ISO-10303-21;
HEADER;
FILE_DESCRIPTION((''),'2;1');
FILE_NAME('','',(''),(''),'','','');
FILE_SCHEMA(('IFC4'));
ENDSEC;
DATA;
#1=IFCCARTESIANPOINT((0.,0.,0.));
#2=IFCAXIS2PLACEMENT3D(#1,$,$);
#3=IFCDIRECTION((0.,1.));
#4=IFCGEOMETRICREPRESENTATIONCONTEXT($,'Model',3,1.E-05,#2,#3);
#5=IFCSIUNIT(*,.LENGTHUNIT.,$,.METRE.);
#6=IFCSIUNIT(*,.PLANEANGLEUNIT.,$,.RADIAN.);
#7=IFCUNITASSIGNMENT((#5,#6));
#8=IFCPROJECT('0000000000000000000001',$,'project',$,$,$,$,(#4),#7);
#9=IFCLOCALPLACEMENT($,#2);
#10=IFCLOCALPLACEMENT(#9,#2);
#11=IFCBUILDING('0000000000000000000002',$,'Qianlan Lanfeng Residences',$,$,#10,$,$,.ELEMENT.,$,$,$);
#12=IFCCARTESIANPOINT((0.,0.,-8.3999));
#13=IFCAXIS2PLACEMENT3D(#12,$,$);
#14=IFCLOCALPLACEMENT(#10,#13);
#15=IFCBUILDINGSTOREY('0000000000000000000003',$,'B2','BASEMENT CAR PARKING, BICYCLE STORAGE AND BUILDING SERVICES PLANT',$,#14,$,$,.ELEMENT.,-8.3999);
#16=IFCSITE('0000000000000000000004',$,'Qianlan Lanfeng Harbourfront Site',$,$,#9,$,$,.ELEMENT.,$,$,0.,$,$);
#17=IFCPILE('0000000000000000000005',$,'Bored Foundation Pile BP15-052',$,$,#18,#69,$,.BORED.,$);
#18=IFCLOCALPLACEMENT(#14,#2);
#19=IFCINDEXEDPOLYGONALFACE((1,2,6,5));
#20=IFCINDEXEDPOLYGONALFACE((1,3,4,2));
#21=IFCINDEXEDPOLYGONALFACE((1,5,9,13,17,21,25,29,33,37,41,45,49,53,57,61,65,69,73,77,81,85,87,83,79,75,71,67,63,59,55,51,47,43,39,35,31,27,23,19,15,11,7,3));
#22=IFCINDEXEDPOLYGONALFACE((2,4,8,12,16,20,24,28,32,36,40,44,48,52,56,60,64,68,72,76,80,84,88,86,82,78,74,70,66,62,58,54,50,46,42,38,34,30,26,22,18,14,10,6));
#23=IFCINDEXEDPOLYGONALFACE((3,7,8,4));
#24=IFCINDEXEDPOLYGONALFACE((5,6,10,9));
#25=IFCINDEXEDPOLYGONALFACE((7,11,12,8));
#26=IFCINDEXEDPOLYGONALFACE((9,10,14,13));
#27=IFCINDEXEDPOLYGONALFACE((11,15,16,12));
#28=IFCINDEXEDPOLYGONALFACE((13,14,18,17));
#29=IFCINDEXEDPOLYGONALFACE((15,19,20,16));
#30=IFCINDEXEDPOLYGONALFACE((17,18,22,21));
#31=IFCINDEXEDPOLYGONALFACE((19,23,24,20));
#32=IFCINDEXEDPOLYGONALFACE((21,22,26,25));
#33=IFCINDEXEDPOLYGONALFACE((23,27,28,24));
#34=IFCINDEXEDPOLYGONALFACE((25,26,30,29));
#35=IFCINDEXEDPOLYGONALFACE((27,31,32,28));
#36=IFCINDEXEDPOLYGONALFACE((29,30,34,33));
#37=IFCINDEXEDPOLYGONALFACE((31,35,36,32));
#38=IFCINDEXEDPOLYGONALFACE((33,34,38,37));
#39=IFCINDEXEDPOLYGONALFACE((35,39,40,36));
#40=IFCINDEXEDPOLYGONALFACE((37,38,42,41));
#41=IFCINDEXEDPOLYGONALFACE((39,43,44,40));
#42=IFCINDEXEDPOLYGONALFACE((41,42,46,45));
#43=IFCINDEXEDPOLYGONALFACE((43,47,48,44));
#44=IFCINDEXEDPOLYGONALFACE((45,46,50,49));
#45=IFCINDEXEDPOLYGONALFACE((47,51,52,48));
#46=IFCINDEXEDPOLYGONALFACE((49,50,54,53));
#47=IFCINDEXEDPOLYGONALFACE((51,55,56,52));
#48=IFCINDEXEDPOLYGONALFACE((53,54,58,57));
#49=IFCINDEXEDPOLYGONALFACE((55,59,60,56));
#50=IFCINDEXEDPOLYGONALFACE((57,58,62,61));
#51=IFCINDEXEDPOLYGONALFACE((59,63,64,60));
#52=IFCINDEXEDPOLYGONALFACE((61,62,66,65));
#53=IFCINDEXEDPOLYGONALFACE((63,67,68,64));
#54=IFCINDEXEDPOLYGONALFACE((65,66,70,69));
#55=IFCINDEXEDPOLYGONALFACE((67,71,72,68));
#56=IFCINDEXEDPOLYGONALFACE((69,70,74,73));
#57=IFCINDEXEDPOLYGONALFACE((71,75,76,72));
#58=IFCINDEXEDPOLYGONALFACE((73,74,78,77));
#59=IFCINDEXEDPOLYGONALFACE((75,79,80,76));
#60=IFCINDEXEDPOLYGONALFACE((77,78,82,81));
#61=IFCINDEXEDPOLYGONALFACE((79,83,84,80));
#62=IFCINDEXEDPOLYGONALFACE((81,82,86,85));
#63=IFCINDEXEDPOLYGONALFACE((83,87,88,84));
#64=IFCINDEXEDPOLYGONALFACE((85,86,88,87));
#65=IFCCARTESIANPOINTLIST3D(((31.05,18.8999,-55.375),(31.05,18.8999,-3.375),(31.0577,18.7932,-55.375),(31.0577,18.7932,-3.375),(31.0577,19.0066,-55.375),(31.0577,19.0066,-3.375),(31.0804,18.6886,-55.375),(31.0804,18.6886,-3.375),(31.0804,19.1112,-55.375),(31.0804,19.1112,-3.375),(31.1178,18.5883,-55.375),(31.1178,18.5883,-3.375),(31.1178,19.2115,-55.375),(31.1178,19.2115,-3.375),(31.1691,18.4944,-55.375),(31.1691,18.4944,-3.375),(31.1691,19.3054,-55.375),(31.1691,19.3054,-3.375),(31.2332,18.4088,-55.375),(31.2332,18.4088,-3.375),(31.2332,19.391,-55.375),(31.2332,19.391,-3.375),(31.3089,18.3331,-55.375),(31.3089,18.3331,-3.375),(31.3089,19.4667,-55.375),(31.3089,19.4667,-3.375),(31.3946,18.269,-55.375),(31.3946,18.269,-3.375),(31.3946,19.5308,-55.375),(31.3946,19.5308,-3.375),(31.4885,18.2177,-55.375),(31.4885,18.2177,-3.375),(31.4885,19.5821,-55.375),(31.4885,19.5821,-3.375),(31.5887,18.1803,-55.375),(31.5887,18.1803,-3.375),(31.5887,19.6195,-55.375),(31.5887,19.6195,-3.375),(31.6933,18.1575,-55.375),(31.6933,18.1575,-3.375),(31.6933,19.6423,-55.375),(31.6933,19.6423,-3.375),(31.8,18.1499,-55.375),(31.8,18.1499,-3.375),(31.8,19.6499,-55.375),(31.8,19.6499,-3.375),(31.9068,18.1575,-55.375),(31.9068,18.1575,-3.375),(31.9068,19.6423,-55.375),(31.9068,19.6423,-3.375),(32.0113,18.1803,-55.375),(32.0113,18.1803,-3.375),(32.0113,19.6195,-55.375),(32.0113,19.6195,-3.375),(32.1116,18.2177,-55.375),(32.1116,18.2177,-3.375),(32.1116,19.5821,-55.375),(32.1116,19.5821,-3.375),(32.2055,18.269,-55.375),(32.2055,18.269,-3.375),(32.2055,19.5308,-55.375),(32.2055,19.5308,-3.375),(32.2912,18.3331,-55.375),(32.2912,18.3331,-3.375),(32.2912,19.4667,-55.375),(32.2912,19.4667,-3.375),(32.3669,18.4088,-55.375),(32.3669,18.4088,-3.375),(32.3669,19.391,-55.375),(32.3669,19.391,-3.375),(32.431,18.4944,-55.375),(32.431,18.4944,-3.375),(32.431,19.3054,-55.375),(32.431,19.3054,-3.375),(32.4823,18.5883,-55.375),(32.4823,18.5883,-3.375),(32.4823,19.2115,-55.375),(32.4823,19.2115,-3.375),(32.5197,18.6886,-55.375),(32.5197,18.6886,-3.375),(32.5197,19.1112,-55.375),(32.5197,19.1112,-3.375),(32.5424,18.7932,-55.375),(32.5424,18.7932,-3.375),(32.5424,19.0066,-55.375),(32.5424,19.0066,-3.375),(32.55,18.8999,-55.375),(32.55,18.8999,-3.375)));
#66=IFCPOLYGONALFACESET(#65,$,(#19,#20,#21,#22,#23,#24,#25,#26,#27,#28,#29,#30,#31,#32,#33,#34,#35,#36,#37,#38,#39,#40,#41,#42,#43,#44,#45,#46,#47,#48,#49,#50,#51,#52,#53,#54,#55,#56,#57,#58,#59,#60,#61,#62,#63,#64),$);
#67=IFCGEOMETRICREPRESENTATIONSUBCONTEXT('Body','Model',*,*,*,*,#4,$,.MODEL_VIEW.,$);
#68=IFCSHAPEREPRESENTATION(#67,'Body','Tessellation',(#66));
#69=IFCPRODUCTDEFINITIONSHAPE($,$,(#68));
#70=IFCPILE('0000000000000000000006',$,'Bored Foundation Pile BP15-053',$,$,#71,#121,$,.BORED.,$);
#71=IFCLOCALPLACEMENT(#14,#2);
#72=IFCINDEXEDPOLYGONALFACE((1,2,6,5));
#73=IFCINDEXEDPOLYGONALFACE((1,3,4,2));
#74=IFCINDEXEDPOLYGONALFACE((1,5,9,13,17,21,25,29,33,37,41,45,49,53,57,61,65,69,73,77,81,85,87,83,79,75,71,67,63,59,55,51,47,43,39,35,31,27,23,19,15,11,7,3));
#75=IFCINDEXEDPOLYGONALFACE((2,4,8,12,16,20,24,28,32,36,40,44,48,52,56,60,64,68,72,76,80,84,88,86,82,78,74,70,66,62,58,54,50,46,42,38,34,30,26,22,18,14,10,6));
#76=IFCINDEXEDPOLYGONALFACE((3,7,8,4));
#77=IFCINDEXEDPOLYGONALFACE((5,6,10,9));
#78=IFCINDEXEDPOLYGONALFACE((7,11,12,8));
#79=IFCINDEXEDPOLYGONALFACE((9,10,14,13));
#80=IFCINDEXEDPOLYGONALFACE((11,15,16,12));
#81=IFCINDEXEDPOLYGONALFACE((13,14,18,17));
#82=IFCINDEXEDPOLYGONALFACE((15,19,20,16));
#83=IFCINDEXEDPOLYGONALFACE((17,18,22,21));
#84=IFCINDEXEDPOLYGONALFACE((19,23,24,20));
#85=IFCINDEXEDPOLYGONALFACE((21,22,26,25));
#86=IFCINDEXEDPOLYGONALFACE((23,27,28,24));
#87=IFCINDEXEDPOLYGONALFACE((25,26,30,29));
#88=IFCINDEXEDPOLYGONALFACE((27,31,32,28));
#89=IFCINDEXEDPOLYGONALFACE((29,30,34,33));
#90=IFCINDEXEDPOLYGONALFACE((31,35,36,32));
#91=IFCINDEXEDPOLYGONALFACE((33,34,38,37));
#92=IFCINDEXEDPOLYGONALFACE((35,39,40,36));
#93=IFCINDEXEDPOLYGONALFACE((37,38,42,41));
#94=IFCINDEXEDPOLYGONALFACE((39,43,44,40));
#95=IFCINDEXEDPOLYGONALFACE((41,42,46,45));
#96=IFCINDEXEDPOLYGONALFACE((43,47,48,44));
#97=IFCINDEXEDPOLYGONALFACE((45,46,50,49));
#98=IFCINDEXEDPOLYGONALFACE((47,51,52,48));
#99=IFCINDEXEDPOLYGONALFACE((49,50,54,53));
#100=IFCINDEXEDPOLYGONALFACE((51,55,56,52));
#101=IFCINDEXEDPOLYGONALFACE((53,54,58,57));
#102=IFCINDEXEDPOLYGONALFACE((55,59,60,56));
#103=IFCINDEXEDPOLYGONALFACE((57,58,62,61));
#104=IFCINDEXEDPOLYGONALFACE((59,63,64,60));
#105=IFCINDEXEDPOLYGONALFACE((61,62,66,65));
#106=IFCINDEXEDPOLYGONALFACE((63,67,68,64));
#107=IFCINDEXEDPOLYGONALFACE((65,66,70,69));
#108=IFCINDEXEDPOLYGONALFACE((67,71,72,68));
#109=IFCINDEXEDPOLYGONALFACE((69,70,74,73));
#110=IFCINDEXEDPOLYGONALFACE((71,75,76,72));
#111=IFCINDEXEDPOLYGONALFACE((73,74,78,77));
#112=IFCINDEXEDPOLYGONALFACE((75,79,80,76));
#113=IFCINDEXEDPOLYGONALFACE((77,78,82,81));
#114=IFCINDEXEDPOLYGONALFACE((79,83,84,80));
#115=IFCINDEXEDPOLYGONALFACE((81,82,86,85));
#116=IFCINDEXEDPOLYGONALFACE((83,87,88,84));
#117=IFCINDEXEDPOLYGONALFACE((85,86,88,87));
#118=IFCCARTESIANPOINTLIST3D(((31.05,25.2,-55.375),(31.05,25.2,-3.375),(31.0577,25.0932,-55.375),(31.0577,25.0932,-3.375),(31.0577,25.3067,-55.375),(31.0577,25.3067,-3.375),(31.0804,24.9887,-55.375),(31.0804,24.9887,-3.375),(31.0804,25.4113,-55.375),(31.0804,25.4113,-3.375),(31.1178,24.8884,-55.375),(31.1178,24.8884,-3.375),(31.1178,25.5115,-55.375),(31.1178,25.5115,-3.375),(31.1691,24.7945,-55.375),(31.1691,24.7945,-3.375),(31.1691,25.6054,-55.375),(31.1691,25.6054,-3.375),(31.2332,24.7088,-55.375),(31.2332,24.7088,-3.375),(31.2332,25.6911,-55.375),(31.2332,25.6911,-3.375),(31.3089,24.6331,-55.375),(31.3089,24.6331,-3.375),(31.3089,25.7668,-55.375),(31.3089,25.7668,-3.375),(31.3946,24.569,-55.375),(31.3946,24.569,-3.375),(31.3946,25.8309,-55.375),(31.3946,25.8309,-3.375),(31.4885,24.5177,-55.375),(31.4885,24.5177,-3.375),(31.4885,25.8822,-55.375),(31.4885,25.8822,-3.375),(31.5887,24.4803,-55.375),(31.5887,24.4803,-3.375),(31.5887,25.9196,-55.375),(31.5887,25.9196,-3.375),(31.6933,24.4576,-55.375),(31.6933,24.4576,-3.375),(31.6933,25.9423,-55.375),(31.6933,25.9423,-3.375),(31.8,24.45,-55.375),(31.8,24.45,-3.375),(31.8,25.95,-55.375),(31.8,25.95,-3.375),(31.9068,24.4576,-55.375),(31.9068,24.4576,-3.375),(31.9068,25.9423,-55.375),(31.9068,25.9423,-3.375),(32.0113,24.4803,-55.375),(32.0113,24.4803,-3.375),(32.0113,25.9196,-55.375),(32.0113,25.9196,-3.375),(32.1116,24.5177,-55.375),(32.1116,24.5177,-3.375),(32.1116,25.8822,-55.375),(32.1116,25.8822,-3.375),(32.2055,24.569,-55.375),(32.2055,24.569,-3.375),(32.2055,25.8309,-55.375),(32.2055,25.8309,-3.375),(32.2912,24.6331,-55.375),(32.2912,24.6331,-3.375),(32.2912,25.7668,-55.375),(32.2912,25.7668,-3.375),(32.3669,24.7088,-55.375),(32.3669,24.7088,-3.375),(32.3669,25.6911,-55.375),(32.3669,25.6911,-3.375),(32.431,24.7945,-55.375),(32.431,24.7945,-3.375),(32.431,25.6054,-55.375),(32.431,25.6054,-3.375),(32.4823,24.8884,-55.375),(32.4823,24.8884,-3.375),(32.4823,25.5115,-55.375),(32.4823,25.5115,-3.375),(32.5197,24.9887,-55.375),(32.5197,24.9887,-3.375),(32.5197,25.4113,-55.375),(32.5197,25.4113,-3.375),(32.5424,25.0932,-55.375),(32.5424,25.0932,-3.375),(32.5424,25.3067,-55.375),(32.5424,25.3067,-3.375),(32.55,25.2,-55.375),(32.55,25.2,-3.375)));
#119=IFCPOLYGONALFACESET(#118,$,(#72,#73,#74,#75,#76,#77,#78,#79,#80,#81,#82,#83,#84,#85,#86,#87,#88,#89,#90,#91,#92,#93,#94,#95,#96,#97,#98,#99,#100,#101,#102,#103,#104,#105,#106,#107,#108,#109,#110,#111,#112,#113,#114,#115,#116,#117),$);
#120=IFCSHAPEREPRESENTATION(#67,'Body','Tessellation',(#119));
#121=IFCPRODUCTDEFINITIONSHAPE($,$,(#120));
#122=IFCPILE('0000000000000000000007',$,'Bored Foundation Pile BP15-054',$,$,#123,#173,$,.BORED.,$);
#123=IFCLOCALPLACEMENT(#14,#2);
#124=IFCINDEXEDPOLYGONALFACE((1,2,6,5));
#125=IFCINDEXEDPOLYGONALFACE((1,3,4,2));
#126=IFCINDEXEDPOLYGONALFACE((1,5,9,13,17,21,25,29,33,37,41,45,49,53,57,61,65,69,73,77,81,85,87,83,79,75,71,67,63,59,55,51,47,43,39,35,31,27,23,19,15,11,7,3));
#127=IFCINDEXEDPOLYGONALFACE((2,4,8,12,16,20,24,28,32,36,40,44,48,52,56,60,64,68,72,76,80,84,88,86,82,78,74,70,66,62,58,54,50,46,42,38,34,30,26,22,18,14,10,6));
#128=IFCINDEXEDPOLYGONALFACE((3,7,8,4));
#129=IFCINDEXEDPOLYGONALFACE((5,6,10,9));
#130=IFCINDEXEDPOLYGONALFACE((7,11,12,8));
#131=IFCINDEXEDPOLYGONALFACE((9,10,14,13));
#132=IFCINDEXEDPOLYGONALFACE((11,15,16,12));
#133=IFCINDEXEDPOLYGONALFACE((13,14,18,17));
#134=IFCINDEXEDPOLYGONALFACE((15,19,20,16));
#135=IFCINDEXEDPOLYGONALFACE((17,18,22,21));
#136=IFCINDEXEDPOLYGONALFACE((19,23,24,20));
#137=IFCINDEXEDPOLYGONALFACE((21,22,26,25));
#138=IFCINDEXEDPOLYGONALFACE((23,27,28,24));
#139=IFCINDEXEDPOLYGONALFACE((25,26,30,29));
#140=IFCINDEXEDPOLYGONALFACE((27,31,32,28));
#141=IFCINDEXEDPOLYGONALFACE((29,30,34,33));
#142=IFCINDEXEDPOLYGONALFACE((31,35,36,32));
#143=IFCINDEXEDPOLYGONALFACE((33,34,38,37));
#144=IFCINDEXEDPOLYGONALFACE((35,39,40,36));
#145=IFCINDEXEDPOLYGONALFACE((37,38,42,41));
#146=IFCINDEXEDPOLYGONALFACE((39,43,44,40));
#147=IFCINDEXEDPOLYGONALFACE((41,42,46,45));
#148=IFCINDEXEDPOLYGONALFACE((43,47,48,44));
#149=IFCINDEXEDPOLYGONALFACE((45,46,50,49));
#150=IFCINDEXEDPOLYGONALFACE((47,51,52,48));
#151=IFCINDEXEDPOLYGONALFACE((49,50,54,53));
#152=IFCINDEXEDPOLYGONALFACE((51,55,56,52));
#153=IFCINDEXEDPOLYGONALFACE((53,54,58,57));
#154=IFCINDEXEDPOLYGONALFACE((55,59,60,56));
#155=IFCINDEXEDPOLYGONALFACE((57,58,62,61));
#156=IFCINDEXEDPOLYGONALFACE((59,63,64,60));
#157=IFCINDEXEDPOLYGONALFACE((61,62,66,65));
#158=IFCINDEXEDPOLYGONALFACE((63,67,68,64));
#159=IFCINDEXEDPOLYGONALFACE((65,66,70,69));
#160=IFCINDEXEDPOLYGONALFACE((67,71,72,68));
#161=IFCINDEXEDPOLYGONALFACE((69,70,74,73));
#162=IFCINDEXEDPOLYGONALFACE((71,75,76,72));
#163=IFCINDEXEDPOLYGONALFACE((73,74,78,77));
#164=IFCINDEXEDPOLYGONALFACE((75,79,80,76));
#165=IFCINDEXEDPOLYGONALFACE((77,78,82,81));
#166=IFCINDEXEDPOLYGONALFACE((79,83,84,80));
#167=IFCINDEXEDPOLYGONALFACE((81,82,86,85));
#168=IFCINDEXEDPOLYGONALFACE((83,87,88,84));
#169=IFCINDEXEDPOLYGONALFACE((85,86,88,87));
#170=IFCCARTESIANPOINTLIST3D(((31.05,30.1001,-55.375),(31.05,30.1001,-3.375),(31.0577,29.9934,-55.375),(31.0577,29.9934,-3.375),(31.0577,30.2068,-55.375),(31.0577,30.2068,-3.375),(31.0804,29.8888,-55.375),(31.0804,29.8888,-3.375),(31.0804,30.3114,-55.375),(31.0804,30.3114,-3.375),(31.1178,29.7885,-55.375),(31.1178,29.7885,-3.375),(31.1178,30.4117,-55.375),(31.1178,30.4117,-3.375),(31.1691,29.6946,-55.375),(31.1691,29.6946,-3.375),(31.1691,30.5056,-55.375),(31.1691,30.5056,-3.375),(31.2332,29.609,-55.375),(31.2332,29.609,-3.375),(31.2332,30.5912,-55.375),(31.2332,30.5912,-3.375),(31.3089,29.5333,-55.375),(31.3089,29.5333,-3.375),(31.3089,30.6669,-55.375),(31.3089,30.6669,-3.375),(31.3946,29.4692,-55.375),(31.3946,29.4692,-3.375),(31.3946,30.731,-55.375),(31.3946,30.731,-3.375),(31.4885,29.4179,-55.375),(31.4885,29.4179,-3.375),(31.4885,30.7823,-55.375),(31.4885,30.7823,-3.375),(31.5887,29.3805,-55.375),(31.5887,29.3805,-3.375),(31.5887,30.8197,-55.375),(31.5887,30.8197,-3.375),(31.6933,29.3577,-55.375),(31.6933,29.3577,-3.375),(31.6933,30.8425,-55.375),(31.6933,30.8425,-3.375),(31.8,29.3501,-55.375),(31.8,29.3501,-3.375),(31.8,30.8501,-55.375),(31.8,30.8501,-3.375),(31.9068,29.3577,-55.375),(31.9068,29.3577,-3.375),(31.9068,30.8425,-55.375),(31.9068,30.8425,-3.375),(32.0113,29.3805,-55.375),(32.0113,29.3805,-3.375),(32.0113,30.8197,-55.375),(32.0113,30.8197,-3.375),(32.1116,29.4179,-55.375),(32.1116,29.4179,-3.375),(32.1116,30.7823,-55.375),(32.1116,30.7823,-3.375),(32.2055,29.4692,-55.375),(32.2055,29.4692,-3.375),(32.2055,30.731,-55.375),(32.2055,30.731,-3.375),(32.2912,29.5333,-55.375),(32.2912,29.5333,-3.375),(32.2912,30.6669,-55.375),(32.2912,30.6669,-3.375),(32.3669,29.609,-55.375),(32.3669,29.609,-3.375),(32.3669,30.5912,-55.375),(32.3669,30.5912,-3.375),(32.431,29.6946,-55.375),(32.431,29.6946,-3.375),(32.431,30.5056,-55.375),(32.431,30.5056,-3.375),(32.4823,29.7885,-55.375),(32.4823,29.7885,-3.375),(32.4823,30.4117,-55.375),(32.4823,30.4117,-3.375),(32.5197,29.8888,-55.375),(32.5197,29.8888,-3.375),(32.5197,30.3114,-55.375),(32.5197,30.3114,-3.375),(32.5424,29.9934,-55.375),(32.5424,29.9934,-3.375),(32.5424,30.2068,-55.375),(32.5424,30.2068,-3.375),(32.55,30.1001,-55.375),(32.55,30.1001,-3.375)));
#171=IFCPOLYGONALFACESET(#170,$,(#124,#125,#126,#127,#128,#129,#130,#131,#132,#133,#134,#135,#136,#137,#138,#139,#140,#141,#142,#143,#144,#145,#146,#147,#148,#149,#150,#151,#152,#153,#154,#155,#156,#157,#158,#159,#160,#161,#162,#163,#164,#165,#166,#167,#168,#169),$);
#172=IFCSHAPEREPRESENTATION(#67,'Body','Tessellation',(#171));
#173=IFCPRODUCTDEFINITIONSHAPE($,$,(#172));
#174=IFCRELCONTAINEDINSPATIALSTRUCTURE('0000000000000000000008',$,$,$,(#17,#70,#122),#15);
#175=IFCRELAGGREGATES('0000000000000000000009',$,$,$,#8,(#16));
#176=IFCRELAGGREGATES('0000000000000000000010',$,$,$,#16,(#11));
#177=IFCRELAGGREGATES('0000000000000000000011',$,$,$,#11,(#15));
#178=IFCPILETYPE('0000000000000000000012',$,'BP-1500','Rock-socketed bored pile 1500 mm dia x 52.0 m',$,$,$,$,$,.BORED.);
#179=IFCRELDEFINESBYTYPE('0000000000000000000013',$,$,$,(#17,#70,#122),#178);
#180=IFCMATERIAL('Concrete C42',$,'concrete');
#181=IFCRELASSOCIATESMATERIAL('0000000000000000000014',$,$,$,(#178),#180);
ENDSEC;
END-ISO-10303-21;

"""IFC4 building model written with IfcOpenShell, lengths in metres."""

from ifc_helpers import new_model, si_unit, direction, frame, origin, origin_2d, place, context, subcontext, project, spatial, circle, extrude, material, material_profile, profile_set, type_object, element, save


model = new_model("IFC4")

# Units and contexts
model_context = context("Model", 3, precision=1e-05, world=origin(), true_north=direction((0.0, 1.0)))
body_context = subcontext(model_context, "Body", "Model", "MODEL_VIEW")
ifc_project = project(units=[si_unit("LENGTHUNIT", "METRE"), si_unit("PLANEANGLEUNIT", "RADIAN")], contexts=[model_context])

# Site, building, storey
site_placement = place(None, origin())
site = spatial("IfcSite", under=ifc_project, at=site_placement, Name="Qianlan Lanfeng Harbourfront Site", CompositionType="ELEMENT", RefElevation=0.0)
building_placement = place(site_placement, origin())
building = spatial("IfcBuilding", under=site, at=building_placement, Name="Qianlan Lanfeng Residences", CompositionType="ELEMENT")
storey_placement = place(building_placement, frame((0.0, 0.0, -8.3999)))
storey = spatial("IfcBuildingStorey", under=building, at=storey_placement, Name="B2", Description="BASEMENT CAR PARKING, BICYCLE STORAGE AND BUILDING SERVICES PLANT", CompositionType="ELEMENT", Elevation=-8.3999)

# Piles
ifc_material_1 = material(Name="Concrete C42", Category="concrete")
ifc_material_profile_1 = material_profile(ifc_material_1, circle(Radius=0.75, at=origin_2d()), Name="PILE D1500")
ifc_profile_set_1 = profile_set([ifc_material_profile_1], Name="Concrete C42")
pile_type = type_object("IfcPileType", Name="BP-1500", Description="Rock-socketed bored pile 1500 mm dia x 52.0 m", PredefinedType="BORED", material=ifc_profile_set_1)
for number, where, z_axis, x_axis, name in (
    (1, (31.8, 18.8999, -3.375), (0.0, 0.0, -1.0), (1.0, 0.0, 0.0), "Bored Foundation Pile BP15-052"),
    (2, (31.8, 25.2, -3.375), (0.0, 0.0, -1.0), (1.0, 0.0, 0.0), "Bored Foundation Pile BP15-053"),
    (3, (31.8, 30.1001, -3.375), (0.0, 0.0, -1.0), (1.0, 0.0, 0.0), "Bored Foundation Pile BP15-054"),
):
    element("IfcPile", number, at=place(storey_placement, frame(where, z_axis=z_axis, x_axis=x_axis)), inside=storey, type_object=pile_type, Name=name, PredefinedType="BORED", context=body_context, shape_type="SweptSolid", body=[
        extrude(circle(Radius=0.75, at=origin_2d()), origin(), (0.0, 0.0, 1.0), 52.0),
    ])

save(model, "model.ifc")
